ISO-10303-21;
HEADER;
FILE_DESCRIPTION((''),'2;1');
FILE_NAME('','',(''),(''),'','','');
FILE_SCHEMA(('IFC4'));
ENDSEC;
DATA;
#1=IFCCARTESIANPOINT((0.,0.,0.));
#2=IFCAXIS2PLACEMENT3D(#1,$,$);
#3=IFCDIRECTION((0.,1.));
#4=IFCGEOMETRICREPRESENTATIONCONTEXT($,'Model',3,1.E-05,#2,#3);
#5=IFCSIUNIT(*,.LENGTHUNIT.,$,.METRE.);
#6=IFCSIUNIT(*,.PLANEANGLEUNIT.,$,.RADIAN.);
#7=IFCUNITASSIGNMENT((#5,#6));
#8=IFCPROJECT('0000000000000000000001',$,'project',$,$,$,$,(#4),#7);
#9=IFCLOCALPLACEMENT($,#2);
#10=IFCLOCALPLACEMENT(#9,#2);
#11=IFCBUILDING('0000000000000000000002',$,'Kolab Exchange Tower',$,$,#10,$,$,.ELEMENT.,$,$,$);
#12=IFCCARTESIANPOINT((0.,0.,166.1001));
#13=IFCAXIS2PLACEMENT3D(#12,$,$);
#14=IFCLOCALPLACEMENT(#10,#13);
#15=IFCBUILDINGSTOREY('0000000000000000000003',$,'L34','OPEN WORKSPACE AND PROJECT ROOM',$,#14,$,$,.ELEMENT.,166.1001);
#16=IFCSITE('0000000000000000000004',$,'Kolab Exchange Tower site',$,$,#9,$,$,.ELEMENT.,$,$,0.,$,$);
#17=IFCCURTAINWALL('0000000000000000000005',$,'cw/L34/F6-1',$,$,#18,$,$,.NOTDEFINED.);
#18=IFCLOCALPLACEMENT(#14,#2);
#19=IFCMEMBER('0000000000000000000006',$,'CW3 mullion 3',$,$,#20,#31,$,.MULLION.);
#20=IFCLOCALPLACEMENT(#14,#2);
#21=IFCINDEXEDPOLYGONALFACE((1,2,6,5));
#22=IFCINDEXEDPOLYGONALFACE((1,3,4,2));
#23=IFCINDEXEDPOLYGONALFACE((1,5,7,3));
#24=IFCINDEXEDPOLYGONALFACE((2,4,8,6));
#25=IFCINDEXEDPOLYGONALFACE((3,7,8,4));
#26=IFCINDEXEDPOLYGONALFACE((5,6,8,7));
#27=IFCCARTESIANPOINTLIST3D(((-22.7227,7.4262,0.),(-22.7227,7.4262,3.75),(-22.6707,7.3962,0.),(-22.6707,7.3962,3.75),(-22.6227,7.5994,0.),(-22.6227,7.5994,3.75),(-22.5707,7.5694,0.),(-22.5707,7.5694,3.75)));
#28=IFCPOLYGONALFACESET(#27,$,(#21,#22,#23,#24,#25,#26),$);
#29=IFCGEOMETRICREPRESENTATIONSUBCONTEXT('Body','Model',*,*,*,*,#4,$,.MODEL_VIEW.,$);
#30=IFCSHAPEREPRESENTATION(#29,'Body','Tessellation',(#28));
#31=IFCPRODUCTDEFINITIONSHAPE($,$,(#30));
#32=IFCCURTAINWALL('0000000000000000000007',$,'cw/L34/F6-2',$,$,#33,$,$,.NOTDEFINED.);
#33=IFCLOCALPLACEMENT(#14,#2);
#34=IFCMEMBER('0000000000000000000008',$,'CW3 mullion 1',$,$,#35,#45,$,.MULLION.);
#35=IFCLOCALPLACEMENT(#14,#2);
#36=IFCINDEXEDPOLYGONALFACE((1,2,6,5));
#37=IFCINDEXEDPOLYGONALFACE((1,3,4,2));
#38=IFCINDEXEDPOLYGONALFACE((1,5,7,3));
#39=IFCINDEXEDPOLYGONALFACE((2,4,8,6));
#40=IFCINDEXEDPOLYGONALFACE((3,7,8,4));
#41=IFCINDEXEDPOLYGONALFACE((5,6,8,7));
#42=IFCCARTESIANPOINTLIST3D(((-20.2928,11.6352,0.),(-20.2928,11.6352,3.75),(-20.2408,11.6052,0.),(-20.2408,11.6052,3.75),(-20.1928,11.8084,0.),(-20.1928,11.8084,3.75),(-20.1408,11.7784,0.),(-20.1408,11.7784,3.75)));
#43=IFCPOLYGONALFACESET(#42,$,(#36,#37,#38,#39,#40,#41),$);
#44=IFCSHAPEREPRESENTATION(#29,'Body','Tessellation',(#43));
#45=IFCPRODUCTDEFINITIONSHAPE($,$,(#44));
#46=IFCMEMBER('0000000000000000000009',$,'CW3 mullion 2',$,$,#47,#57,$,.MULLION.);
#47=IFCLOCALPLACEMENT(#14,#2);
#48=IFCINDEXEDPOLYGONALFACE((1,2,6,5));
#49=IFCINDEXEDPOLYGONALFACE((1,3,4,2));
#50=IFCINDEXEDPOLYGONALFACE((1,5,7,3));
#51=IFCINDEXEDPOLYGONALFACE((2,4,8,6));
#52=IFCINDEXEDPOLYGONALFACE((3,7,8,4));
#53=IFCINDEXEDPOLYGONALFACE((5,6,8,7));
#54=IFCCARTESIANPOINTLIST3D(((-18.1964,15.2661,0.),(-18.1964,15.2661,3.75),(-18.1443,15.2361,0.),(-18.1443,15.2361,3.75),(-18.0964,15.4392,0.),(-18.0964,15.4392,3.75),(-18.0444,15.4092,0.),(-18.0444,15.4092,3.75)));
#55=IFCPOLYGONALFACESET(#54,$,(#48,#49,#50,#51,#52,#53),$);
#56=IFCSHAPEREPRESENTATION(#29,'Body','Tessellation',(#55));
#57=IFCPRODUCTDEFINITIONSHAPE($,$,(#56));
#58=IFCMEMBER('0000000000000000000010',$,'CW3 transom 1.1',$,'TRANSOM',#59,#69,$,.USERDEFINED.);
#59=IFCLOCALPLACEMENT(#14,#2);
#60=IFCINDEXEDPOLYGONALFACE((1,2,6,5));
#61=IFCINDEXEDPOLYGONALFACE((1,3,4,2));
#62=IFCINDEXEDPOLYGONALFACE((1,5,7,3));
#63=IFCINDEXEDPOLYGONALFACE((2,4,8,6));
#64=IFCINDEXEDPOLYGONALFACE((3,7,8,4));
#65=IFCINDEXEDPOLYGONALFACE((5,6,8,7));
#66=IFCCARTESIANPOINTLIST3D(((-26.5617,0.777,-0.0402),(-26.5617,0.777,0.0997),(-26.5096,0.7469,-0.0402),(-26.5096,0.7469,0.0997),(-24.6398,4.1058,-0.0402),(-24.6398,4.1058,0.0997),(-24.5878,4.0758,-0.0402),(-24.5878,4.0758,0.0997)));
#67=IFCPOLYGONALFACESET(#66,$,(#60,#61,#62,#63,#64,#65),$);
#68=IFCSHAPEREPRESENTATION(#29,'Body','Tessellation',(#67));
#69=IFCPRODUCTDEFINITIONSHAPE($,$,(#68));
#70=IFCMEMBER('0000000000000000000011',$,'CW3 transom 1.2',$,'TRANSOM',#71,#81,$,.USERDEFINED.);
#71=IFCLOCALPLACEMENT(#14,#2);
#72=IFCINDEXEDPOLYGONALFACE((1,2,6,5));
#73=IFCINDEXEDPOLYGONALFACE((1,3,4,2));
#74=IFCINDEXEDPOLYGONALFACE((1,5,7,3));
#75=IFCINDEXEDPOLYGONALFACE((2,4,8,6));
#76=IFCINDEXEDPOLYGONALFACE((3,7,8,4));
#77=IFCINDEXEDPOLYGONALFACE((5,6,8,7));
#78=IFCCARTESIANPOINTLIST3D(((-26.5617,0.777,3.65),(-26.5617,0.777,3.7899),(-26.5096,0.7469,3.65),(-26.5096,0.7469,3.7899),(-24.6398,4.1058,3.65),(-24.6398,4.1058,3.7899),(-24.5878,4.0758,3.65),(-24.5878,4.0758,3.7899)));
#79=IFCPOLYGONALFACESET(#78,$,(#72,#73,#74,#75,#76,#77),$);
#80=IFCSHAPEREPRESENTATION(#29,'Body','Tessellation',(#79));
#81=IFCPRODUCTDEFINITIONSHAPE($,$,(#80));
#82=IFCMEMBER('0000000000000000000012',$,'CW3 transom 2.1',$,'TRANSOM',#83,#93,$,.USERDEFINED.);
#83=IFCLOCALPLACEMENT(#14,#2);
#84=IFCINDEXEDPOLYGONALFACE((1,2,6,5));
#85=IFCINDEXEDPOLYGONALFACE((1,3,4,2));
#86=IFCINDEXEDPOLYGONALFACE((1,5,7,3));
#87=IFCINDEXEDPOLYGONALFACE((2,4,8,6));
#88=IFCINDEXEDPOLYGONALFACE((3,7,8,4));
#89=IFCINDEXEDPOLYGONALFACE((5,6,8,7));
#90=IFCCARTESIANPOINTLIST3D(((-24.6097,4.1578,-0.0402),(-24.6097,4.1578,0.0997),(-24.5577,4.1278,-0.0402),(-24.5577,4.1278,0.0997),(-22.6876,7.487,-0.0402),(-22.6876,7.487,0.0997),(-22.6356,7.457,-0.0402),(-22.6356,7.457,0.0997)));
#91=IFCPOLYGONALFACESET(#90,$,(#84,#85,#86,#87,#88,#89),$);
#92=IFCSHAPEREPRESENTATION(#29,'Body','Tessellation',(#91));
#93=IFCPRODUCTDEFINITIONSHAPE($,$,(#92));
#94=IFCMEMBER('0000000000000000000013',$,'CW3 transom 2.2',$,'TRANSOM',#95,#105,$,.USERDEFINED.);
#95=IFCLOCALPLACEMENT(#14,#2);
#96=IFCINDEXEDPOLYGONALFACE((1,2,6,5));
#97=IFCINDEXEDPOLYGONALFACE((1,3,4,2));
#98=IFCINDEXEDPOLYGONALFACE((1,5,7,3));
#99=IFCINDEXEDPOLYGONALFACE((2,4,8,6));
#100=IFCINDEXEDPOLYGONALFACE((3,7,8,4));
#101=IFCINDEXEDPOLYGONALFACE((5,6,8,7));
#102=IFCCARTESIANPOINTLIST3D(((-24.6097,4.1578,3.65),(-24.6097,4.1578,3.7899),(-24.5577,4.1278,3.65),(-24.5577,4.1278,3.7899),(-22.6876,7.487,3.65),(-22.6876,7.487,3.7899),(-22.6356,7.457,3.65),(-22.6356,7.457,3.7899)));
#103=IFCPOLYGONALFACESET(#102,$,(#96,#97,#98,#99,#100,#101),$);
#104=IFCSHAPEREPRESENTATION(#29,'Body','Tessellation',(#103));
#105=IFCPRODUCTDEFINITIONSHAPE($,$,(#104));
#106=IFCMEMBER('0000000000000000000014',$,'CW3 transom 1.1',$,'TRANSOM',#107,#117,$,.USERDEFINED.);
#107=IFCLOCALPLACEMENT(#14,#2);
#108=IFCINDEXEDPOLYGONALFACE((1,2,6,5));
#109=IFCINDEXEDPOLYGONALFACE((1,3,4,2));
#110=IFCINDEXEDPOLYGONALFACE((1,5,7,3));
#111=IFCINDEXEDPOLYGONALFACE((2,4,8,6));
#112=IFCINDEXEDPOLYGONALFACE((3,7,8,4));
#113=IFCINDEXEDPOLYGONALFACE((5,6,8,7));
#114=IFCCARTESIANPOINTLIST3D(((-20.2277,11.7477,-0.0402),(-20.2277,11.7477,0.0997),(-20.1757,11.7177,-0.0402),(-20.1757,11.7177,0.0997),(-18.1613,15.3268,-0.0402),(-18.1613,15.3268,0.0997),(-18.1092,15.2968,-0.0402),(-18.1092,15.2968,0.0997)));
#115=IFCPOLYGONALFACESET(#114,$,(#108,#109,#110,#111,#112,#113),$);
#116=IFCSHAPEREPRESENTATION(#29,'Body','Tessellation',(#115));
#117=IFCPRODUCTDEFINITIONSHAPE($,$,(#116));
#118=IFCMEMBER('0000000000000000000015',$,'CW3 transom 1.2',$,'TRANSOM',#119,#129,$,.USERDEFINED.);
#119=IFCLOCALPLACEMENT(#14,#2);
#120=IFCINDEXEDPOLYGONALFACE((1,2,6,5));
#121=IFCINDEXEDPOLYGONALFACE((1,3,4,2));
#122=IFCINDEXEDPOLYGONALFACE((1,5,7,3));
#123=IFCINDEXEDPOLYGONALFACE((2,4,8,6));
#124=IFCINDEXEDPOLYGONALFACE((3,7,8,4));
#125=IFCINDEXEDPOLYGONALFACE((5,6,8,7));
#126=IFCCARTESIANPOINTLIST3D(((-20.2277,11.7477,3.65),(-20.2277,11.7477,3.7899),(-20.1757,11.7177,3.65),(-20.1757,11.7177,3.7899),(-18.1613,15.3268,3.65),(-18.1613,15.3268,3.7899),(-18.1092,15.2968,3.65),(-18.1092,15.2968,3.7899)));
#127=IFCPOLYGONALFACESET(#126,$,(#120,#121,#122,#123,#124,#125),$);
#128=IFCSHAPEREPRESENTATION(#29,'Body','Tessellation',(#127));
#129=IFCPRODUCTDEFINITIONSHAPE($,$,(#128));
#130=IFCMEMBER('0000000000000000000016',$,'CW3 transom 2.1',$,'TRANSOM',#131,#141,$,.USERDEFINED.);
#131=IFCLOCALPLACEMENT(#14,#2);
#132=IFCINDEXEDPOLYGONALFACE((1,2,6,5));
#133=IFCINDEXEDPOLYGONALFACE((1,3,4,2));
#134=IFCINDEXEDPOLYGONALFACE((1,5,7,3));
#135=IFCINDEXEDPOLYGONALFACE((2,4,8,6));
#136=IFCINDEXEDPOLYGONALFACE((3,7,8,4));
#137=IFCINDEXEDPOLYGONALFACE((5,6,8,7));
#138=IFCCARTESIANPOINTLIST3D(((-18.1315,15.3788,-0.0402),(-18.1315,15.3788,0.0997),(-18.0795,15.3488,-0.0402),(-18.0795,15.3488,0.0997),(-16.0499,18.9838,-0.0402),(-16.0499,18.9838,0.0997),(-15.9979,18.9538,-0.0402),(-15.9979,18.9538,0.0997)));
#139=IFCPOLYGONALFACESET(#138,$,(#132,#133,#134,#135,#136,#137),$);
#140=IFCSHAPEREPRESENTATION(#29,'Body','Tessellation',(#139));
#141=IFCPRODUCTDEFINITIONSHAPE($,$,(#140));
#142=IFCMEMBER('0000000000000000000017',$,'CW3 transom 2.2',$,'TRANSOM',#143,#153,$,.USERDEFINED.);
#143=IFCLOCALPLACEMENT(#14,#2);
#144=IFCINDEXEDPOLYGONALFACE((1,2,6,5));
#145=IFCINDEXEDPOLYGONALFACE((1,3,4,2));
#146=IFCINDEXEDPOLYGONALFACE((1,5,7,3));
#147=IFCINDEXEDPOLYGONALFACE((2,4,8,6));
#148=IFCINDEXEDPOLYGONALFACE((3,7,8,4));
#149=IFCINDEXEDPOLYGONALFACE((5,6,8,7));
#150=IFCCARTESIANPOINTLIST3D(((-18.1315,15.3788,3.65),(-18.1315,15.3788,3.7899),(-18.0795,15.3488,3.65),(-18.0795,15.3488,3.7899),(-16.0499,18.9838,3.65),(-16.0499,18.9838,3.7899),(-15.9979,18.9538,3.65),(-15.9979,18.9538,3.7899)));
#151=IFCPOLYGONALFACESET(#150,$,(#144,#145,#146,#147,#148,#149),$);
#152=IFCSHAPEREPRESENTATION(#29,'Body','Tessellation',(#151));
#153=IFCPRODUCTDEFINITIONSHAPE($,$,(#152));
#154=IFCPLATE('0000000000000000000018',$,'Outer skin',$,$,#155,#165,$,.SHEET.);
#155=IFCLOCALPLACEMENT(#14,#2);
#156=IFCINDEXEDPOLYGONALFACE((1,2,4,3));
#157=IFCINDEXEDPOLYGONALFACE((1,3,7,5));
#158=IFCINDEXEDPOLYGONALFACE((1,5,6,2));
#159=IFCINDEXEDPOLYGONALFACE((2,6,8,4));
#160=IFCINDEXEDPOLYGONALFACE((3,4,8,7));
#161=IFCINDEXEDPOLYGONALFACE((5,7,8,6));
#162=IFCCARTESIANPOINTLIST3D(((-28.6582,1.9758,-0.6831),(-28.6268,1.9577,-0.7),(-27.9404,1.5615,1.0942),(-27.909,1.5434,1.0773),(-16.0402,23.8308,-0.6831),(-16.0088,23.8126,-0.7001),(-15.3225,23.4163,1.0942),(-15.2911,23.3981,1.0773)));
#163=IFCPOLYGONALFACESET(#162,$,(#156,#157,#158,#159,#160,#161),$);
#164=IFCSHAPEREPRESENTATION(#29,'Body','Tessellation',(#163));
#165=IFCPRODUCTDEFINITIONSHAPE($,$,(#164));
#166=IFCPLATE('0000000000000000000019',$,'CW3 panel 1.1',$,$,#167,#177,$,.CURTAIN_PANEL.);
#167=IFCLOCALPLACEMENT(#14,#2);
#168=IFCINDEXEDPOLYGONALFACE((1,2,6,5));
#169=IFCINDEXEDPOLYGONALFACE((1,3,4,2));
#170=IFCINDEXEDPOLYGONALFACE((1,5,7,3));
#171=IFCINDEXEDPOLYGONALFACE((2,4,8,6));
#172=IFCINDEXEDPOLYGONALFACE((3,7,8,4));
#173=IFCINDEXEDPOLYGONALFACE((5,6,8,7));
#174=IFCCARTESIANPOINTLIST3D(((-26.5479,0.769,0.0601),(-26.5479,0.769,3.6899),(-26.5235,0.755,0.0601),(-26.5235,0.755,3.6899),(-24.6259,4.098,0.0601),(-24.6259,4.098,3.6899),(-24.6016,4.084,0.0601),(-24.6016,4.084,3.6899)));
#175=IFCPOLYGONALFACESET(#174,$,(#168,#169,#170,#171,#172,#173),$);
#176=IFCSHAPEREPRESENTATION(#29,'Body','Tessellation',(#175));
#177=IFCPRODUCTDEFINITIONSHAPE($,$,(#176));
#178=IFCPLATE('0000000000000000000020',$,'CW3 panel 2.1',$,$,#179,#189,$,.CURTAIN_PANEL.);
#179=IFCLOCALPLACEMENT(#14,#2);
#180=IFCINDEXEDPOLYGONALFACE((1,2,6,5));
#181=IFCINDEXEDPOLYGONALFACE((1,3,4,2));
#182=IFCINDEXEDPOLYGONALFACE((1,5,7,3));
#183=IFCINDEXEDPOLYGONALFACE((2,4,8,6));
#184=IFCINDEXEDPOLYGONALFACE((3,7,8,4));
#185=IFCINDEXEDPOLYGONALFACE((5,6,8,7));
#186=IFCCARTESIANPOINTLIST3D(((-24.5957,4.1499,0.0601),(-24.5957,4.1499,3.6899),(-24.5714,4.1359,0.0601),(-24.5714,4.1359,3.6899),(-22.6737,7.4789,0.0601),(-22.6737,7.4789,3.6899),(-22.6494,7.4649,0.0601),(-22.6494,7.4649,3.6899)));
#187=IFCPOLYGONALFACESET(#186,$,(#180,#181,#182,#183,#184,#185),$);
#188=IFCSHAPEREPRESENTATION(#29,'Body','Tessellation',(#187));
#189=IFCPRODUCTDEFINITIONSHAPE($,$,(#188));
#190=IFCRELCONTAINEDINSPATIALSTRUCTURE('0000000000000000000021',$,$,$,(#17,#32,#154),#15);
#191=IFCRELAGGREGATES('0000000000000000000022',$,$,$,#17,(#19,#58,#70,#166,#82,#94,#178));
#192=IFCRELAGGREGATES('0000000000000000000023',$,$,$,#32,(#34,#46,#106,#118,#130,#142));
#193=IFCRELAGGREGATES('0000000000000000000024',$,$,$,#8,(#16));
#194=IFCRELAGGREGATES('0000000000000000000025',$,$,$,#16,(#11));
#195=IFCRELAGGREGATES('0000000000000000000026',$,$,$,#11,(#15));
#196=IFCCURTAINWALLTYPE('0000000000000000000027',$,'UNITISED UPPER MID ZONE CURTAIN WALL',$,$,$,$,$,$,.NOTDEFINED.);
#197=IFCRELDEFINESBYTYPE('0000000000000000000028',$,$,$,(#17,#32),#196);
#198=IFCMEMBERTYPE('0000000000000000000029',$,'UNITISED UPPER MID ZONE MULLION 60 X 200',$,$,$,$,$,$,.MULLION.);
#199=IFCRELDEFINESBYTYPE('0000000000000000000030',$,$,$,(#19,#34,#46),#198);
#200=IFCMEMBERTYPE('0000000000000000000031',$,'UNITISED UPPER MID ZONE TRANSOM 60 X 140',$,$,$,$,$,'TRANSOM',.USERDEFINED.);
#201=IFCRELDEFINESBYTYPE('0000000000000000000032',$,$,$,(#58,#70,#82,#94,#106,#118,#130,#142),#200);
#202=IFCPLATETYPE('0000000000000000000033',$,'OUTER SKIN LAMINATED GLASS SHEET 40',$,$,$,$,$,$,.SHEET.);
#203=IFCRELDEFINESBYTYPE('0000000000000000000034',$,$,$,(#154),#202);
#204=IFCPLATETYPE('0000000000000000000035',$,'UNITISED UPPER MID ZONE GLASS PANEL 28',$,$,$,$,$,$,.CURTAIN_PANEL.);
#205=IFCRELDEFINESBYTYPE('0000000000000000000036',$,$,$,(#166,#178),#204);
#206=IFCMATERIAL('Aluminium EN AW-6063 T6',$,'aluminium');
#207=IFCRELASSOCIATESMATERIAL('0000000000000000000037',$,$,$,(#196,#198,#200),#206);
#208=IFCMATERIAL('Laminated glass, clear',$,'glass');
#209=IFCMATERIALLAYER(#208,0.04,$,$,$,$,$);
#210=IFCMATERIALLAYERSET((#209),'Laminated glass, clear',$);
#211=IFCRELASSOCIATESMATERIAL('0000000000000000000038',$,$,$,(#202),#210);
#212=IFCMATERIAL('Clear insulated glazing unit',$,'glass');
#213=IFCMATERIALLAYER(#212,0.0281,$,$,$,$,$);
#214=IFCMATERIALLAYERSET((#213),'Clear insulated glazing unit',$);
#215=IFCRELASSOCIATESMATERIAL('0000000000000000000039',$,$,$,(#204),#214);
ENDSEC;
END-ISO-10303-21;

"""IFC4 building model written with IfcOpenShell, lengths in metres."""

from ifc_helpers import new_model, si_unit, direction, frame, origin, origin_2d, place, context, subcontext, project, spatial, polyline, rectangle, outline, extrude, material, layer, layer_set, material_profile, profile_set, type_object, element, aggregate, save


model = new_model("IFC4")

# Units and contexts
model_context = context("Model", 3, precision=1e-05, world=origin(), true_north=direction((0.0, 1.0)))
body_context = subcontext(model_context, "Body", "Model", "MODEL_VIEW")
ifc_project = project(units=[si_unit("LENGTHUNIT", "METRE"), si_unit("PLANEANGLEUNIT", "RADIAN")], contexts=[model_context])

# Site, building, storey
site_placement = place(None, origin())
site = spatial("IfcSite", under=ifc_project, at=site_placement, Name="Kolab Exchange Tower site", CompositionType="ELEMENT", RefElevation=0.0)
building_placement = place(site_placement, origin())
building = spatial("IfcBuilding", under=site, at=building_placement, Name="Kolab Exchange Tower", CompositionType="ELEMENT")
storey_placement = place(building_placement, frame((0.0, 0.0, 166.1001)))
storey = spatial("IfcBuildingStorey", under=building, at=storey_placement, Name="L34", Description="OPEN WORKSPACE AND PROJECT ROOM", CompositionType="ELEMENT", Elevation=166.1001)

# Curtain walls, members
ifc_material_1 = material(Name="Aluminium EN AW-6063 T6", Category="aluminium")
curtain_wall_type = type_object("IfcCurtainWallType", Name="UNITISED UPPER MID ZONE CURTAIN WALL", PredefinedType="NOTDEFINED", material=ifc_material_1)
curtain_wall_1_placement = place(storey_placement, origin())
curtain_wall_1 = element("IfcCurtainWall", 1, at=curtain_wall_1_placement, inside=storey, type_object=curtain_wall_type, Name="cw/L34/F6-1", PredefinedType="NOTDEFINED")
ifc_material_profile_1 = material_profile(ifc_material_1, rectangle(XDim=0.0601, YDim=0.2, at=origin_2d()), Name="RECT 60X200")
ifc_profile_set_1 = profile_set([ifc_material_profile_1], Name="Aluminium EN AW-6063 T6")
member_type_1 = type_object("IfcMemberType", Name="UNITISED UPPER MID ZONE MULLION 60 X 200", PredefinedType="MULLION", material=ifc_profile_set_1)
member_1_placement = place(storey_placement, frame((-22.6467, 7.4978, 0.0), z_axis=(0.0, 0.0, 1.0), x_axis=(-0.866025, 0.5, 0.0)))
member_1 = element("IfcMember", 2, at=member_1_placement, type_object=member_type_1, Name="CW3 mullion 3", PredefinedType="MULLION", context=body_context, shape_type="SweptSolid", body=[
    extrude(rectangle(XDim=0.0601, YDim=0.2, at=origin_2d()), origin(), (0.0, 0.0, 1.0), 3.75),
])
curtain_wall_2_placement = place(storey_placement, origin())
curtain_wall_2 = element("IfcCurtainWall", 3, at=curtain_wall_2_placement, inside=storey, type_object=curtain_wall_type, Name="cw/L34/F6-2", PredefinedType="NOTDEFINED")
member_2_placement = place(storey_placement, frame((-20.2168, 11.7068, 0.0), z_axis=(0.0, 0.0, 1.0), x_axis=(-0.866025, 0.5, 0.0)))
member_2 = element("IfcMember", 4, at=member_2_placement, type_object=member_type_1, Name="CW3 mullion 1", PredefinedType="MULLION", context=body_context, shape_type="SweptSolid", body=[
    extrude(rectangle(XDim=0.0601, YDim=0.2, at=origin_2d()), origin(), (0.0, 0.0, 1.0), 3.75),
])
member_3_placement = place(storey_placement, frame((-18.1204, 15.3376, 0.0), z_axis=(0.0, 0.0, 1.0), x_axis=(-0.866025, 0.5, 0.0)))
member_3 = element("IfcMember", 5, at=member_3_placement, type_object=member_type_1, Name="CW3 mullion 2", PredefinedType="MULLION", context=body_context, shape_type="SweptSolid", body=[
    extrude(rectangle(XDim=0.0601, YDim=0.2, at=origin_2d()), origin(), (0.0, 0.0, 1.0), 3.75),
])

# Members
ifc_material_profile_2 = material_profile(ifc_material_1, rectangle(XDim=0.0601, YDim=0.1399, at=origin_2d()), Name="RECT 60X140")
ifc_profile_set_2 = profile_set([ifc_material_profile_2], Name="Aluminium EN AW-6063 T6")
member_type_2 = type_object("IfcMemberType", Name="UNITISED UPPER MID ZONE TRANSOM 60 X 140", ElementType="TRANSOM", PredefinedType="USERDEFINED", material=ifc_profile_set_2)
member_4_placement = place(storey_placement, frame((-26.5356, 0.762, 0.0298), z_axis=(0.499992, 0.86603, 0.0), x_axis=(-0.86603, 0.499992, 0.0)))
member_4 = element("IfcMember", 6, at=member_4_placement, type_object=member_type_2, Name="CW3 transom 1.1", ObjectType="TRANSOM", PredefinedType="USERDEFINED", context=body_context, shape_type="SweptSolid", body=[
    extrude(rectangle(XDim=0.0601, YDim=0.1399, at=origin_2d()), origin(), (0.0, 0.0, 1.0), 3.8438),
])
member_5_placement = place(storey_placement, frame((-26.5356, 0.762, 3.72), z_axis=(0.499992, 0.86603, 0.0), x_axis=(-0.86603, 0.499992, 0.0)))
member_5 = element("IfcMember", 7, at=member_5_placement, type_object=member_type_2, Name="CW3 transom 1.2", ObjectType="TRANSOM", PredefinedType="USERDEFINED", context=body_context, shape_type="SweptSolid", body=[
    extrude(rectangle(XDim=0.0601, YDim=0.1399, at=origin_2d()), origin(), (0.0, 0.0, 1.0), 3.8438),
])
member_6_placement = place(storey_placement, frame((-24.5837, 4.1428, 0.0298), z_axis=(0.500012, 0.866018, 0.0), x_axis=(-0.866018, 0.500012, 0.0)))
member_6 = element("IfcMember", 8, at=member_6_placement, type_object=member_type_2, Name="CW3 transom 2.1", ObjectType="TRANSOM", PredefinedType="USERDEFINED", context=body_context, shape_type="SweptSolid", body=[
    extrude(rectangle(XDim=0.0601, YDim=0.1399, at=origin_2d()), origin(), (0.0, 0.0, 1.0), 3.8442),
])
member_7_placement = place(storey_placement, frame((-24.5837, 4.1428, 3.72), z_axis=(0.500012, 0.866018, 0.0), x_axis=(-0.866018, 0.500012, 0.0)))
member_7 = element("IfcMember", 9, at=member_7_placement, type_object=member_type_2, Name="CW3 transom 2.2", ObjectType="TRANSOM", PredefinedType="USERDEFINED", context=body_context, shape_type="SweptSolid", body=[
    extrude(rectangle(XDim=0.0601, YDim=0.1399, at=origin_2d()), origin(), (0.0, 0.0, 1.0), 3.8442),
])
member_8_placement = place(storey_placement, frame((-20.2017, 11.7327, 0.0298), z_axis=(0.500002, 0.866024, 0.0), x_axis=(-0.866024, 0.500002, 0.0)))
member_8 = element("IfcMember", 10, at=member_8_placement, type_object=member_type_2, Name="CW3 transom 1.1", ObjectType="TRANSOM", PredefinedType="USERDEFINED", context=body_context, shape_type="SweptSolid", body=[
    extrude(rectangle(XDim=0.0601, YDim=0.1399, at=origin_2d()), origin(), (0.0, 0.0, 1.0), 4.1328),
])
member_9_placement = place(storey_placement, frame((-20.2017, 11.7327, 3.72), z_axis=(0.500002, 0.866024, 0.0), x_axis=(-0.866024, 0.500002, 0.0)))
member_9 = element("IfcMember", 11, at=member_9_placement, type_object=member_type_2, Name="CW3 transom 1.2", ObjectType="TRANSOM", PredefinedType="USERDEFINED", context=body_context, shape_type="SweptSolid", body=[
    extrude(rectangle(XDim=0.0601, YDim=0.1399, at=origin_2d()), origin(), (0.0, 0.0, 1.0), 4.1328),
])
member_10_placement = place(storey_placement, frame((-18.1055, 15.3638, 0.0298), z_axis=(0.500037, 0.866004, 0.0), x_axis=(-0.866004, 0.500037, 0.0)))
member_10 = element("IfcMember", 12, at=member_10_placement, type_object=member_type_2, Name="CW3 transom 2.1", ObjectType="TRANSOM", PredefinedType="USERDEFINED", context=body_context, shape_type="SweptSolid", body=[
    extrude(rectangle(XDim=0.0601, YDim=0.1399, at=origin_2d()), origin(), (0.0, 0.0, 1.0), 4.1628),
])
member_11_placement = place(storey_placement, frame((-18.1055, 15.3638, 3.72), z_axis=(0.500037, 0.866004, 0.0), x_axis=(-0.866004, 0.500037, 0.0)))
member_11 = element("IfcMember", 13, at=member_11_placement, type_object=member_type_2, Name="CW3 transom 2.2", ObjectType="TRANSOM", PredefinedType="USERDEFINED", context=body_context, shape_type="SweptSolid", body=[
    extrude(rectangle(XDim=0.0601, YDim=0.1399, at=origin_2d()), origin(), (0.0, 0.0, 1.0), 4.1628),
])

# Plates
ifc_material_2 = material(Name="Laminated glass, clear", Category="glass")
ifc_layer_1 = layer(ifc_material_2, 0.04)
ifc_layer_set_1 = layer_set([ifc_layer_1], Name="Laminated glass, clear")
plate_type_1 = type_object("IfcPlateType", Name="OUTER SKIN LAMINATED GLASS SHEET 40", PredefinedType="SHEET", material=ifc_layer_set_1)
plate_1_placement = place(storey_placement, frame((-28.6582, 1.9758, -0.6831), z_axis=(-0.784879, 0.453151, 0.422633), x_axis=(0.5, 0.866025, -0.000001)))
element("IfcPlate", 14, at=plate_1_placement, inside=storey, type_object=plate_type_1, Name="Outer skin", PredefinedType="SHEET", context=body_context, shape_type="SweptSolid", body=[
    extrude(outline(polyline([(0.0, 0.0), (25.2359, 0.0), (25.2358, -1.9611), (0.0001, -1.9611), (0.0, 0.0)])), origin(), (0.0, 0.0, -1.0), 0.04),
])
ifc_material_3 = material(Name="Clear insulated glazing unit", Category="glass")
ifc_layer_2 = layer(ifc_material_3, 0.0281)
ifc_layer_set_2 = layer_set([ifc_layer_2], Name="Clear insulated glazing unit")
plate_type_2 = type_object("IfcPlateType", Name="UNITISED UPPER MID ZONE GLASS PANEL 28", PredefinedType="CURTAIN_PANEL", material=ifc_layer_set_2)
plate_2_placement = place(storey_placement, frame((-25.5747, 2.4265, 0.0601), z_axis=(0.0, 0.0, 1.0), x_axis=(0.5, 0.866025, 0.0)))
plate_2 = element("IfcPlate", 15, at=plate_2_placement, type_object=plate_type_2, Name="CW3 panel 1.1", PredefinedType="CURTAIN_PANEL", context=body_context, shape_type="SweptSolid", body=[
    extrude(rectangle(XDim=3.844, YDim=0.0281, at=origin_2d()), origin(), (0.0, 0.0, 1.0), 3.6299),
])
plate_3_placement = place(storey_placement, frame((-23.6226, 5.8074, 0.0601), z_axis=(0.0, 0.0, 1.0), x_axis=(0.5, 0.866025, 0.0)))
plate_3 = element("IfcPlate", 16, at=plate_3_placement, type_object=plate_type_2, Name="CW3 panel 2.1", PredefinedType="CURTAIN_PANEL", context=body_context, shape_type="SweptSolid", body=[
    extrude(rectangle(XDim=3.844, YDim=0.0281, at=origin_2d()), origin(), (0.0, 0.0, 1.0), 3.6299),
])
aggregate(curtain_wall_1, [member_1, member_4, member_5, plate_2, member_6, member_7, plate_3])
aggregate(curtain_wall_2, [member_2, member_3, member_8, member_9, member_10, member_11])

save(model, "model.ifc")
